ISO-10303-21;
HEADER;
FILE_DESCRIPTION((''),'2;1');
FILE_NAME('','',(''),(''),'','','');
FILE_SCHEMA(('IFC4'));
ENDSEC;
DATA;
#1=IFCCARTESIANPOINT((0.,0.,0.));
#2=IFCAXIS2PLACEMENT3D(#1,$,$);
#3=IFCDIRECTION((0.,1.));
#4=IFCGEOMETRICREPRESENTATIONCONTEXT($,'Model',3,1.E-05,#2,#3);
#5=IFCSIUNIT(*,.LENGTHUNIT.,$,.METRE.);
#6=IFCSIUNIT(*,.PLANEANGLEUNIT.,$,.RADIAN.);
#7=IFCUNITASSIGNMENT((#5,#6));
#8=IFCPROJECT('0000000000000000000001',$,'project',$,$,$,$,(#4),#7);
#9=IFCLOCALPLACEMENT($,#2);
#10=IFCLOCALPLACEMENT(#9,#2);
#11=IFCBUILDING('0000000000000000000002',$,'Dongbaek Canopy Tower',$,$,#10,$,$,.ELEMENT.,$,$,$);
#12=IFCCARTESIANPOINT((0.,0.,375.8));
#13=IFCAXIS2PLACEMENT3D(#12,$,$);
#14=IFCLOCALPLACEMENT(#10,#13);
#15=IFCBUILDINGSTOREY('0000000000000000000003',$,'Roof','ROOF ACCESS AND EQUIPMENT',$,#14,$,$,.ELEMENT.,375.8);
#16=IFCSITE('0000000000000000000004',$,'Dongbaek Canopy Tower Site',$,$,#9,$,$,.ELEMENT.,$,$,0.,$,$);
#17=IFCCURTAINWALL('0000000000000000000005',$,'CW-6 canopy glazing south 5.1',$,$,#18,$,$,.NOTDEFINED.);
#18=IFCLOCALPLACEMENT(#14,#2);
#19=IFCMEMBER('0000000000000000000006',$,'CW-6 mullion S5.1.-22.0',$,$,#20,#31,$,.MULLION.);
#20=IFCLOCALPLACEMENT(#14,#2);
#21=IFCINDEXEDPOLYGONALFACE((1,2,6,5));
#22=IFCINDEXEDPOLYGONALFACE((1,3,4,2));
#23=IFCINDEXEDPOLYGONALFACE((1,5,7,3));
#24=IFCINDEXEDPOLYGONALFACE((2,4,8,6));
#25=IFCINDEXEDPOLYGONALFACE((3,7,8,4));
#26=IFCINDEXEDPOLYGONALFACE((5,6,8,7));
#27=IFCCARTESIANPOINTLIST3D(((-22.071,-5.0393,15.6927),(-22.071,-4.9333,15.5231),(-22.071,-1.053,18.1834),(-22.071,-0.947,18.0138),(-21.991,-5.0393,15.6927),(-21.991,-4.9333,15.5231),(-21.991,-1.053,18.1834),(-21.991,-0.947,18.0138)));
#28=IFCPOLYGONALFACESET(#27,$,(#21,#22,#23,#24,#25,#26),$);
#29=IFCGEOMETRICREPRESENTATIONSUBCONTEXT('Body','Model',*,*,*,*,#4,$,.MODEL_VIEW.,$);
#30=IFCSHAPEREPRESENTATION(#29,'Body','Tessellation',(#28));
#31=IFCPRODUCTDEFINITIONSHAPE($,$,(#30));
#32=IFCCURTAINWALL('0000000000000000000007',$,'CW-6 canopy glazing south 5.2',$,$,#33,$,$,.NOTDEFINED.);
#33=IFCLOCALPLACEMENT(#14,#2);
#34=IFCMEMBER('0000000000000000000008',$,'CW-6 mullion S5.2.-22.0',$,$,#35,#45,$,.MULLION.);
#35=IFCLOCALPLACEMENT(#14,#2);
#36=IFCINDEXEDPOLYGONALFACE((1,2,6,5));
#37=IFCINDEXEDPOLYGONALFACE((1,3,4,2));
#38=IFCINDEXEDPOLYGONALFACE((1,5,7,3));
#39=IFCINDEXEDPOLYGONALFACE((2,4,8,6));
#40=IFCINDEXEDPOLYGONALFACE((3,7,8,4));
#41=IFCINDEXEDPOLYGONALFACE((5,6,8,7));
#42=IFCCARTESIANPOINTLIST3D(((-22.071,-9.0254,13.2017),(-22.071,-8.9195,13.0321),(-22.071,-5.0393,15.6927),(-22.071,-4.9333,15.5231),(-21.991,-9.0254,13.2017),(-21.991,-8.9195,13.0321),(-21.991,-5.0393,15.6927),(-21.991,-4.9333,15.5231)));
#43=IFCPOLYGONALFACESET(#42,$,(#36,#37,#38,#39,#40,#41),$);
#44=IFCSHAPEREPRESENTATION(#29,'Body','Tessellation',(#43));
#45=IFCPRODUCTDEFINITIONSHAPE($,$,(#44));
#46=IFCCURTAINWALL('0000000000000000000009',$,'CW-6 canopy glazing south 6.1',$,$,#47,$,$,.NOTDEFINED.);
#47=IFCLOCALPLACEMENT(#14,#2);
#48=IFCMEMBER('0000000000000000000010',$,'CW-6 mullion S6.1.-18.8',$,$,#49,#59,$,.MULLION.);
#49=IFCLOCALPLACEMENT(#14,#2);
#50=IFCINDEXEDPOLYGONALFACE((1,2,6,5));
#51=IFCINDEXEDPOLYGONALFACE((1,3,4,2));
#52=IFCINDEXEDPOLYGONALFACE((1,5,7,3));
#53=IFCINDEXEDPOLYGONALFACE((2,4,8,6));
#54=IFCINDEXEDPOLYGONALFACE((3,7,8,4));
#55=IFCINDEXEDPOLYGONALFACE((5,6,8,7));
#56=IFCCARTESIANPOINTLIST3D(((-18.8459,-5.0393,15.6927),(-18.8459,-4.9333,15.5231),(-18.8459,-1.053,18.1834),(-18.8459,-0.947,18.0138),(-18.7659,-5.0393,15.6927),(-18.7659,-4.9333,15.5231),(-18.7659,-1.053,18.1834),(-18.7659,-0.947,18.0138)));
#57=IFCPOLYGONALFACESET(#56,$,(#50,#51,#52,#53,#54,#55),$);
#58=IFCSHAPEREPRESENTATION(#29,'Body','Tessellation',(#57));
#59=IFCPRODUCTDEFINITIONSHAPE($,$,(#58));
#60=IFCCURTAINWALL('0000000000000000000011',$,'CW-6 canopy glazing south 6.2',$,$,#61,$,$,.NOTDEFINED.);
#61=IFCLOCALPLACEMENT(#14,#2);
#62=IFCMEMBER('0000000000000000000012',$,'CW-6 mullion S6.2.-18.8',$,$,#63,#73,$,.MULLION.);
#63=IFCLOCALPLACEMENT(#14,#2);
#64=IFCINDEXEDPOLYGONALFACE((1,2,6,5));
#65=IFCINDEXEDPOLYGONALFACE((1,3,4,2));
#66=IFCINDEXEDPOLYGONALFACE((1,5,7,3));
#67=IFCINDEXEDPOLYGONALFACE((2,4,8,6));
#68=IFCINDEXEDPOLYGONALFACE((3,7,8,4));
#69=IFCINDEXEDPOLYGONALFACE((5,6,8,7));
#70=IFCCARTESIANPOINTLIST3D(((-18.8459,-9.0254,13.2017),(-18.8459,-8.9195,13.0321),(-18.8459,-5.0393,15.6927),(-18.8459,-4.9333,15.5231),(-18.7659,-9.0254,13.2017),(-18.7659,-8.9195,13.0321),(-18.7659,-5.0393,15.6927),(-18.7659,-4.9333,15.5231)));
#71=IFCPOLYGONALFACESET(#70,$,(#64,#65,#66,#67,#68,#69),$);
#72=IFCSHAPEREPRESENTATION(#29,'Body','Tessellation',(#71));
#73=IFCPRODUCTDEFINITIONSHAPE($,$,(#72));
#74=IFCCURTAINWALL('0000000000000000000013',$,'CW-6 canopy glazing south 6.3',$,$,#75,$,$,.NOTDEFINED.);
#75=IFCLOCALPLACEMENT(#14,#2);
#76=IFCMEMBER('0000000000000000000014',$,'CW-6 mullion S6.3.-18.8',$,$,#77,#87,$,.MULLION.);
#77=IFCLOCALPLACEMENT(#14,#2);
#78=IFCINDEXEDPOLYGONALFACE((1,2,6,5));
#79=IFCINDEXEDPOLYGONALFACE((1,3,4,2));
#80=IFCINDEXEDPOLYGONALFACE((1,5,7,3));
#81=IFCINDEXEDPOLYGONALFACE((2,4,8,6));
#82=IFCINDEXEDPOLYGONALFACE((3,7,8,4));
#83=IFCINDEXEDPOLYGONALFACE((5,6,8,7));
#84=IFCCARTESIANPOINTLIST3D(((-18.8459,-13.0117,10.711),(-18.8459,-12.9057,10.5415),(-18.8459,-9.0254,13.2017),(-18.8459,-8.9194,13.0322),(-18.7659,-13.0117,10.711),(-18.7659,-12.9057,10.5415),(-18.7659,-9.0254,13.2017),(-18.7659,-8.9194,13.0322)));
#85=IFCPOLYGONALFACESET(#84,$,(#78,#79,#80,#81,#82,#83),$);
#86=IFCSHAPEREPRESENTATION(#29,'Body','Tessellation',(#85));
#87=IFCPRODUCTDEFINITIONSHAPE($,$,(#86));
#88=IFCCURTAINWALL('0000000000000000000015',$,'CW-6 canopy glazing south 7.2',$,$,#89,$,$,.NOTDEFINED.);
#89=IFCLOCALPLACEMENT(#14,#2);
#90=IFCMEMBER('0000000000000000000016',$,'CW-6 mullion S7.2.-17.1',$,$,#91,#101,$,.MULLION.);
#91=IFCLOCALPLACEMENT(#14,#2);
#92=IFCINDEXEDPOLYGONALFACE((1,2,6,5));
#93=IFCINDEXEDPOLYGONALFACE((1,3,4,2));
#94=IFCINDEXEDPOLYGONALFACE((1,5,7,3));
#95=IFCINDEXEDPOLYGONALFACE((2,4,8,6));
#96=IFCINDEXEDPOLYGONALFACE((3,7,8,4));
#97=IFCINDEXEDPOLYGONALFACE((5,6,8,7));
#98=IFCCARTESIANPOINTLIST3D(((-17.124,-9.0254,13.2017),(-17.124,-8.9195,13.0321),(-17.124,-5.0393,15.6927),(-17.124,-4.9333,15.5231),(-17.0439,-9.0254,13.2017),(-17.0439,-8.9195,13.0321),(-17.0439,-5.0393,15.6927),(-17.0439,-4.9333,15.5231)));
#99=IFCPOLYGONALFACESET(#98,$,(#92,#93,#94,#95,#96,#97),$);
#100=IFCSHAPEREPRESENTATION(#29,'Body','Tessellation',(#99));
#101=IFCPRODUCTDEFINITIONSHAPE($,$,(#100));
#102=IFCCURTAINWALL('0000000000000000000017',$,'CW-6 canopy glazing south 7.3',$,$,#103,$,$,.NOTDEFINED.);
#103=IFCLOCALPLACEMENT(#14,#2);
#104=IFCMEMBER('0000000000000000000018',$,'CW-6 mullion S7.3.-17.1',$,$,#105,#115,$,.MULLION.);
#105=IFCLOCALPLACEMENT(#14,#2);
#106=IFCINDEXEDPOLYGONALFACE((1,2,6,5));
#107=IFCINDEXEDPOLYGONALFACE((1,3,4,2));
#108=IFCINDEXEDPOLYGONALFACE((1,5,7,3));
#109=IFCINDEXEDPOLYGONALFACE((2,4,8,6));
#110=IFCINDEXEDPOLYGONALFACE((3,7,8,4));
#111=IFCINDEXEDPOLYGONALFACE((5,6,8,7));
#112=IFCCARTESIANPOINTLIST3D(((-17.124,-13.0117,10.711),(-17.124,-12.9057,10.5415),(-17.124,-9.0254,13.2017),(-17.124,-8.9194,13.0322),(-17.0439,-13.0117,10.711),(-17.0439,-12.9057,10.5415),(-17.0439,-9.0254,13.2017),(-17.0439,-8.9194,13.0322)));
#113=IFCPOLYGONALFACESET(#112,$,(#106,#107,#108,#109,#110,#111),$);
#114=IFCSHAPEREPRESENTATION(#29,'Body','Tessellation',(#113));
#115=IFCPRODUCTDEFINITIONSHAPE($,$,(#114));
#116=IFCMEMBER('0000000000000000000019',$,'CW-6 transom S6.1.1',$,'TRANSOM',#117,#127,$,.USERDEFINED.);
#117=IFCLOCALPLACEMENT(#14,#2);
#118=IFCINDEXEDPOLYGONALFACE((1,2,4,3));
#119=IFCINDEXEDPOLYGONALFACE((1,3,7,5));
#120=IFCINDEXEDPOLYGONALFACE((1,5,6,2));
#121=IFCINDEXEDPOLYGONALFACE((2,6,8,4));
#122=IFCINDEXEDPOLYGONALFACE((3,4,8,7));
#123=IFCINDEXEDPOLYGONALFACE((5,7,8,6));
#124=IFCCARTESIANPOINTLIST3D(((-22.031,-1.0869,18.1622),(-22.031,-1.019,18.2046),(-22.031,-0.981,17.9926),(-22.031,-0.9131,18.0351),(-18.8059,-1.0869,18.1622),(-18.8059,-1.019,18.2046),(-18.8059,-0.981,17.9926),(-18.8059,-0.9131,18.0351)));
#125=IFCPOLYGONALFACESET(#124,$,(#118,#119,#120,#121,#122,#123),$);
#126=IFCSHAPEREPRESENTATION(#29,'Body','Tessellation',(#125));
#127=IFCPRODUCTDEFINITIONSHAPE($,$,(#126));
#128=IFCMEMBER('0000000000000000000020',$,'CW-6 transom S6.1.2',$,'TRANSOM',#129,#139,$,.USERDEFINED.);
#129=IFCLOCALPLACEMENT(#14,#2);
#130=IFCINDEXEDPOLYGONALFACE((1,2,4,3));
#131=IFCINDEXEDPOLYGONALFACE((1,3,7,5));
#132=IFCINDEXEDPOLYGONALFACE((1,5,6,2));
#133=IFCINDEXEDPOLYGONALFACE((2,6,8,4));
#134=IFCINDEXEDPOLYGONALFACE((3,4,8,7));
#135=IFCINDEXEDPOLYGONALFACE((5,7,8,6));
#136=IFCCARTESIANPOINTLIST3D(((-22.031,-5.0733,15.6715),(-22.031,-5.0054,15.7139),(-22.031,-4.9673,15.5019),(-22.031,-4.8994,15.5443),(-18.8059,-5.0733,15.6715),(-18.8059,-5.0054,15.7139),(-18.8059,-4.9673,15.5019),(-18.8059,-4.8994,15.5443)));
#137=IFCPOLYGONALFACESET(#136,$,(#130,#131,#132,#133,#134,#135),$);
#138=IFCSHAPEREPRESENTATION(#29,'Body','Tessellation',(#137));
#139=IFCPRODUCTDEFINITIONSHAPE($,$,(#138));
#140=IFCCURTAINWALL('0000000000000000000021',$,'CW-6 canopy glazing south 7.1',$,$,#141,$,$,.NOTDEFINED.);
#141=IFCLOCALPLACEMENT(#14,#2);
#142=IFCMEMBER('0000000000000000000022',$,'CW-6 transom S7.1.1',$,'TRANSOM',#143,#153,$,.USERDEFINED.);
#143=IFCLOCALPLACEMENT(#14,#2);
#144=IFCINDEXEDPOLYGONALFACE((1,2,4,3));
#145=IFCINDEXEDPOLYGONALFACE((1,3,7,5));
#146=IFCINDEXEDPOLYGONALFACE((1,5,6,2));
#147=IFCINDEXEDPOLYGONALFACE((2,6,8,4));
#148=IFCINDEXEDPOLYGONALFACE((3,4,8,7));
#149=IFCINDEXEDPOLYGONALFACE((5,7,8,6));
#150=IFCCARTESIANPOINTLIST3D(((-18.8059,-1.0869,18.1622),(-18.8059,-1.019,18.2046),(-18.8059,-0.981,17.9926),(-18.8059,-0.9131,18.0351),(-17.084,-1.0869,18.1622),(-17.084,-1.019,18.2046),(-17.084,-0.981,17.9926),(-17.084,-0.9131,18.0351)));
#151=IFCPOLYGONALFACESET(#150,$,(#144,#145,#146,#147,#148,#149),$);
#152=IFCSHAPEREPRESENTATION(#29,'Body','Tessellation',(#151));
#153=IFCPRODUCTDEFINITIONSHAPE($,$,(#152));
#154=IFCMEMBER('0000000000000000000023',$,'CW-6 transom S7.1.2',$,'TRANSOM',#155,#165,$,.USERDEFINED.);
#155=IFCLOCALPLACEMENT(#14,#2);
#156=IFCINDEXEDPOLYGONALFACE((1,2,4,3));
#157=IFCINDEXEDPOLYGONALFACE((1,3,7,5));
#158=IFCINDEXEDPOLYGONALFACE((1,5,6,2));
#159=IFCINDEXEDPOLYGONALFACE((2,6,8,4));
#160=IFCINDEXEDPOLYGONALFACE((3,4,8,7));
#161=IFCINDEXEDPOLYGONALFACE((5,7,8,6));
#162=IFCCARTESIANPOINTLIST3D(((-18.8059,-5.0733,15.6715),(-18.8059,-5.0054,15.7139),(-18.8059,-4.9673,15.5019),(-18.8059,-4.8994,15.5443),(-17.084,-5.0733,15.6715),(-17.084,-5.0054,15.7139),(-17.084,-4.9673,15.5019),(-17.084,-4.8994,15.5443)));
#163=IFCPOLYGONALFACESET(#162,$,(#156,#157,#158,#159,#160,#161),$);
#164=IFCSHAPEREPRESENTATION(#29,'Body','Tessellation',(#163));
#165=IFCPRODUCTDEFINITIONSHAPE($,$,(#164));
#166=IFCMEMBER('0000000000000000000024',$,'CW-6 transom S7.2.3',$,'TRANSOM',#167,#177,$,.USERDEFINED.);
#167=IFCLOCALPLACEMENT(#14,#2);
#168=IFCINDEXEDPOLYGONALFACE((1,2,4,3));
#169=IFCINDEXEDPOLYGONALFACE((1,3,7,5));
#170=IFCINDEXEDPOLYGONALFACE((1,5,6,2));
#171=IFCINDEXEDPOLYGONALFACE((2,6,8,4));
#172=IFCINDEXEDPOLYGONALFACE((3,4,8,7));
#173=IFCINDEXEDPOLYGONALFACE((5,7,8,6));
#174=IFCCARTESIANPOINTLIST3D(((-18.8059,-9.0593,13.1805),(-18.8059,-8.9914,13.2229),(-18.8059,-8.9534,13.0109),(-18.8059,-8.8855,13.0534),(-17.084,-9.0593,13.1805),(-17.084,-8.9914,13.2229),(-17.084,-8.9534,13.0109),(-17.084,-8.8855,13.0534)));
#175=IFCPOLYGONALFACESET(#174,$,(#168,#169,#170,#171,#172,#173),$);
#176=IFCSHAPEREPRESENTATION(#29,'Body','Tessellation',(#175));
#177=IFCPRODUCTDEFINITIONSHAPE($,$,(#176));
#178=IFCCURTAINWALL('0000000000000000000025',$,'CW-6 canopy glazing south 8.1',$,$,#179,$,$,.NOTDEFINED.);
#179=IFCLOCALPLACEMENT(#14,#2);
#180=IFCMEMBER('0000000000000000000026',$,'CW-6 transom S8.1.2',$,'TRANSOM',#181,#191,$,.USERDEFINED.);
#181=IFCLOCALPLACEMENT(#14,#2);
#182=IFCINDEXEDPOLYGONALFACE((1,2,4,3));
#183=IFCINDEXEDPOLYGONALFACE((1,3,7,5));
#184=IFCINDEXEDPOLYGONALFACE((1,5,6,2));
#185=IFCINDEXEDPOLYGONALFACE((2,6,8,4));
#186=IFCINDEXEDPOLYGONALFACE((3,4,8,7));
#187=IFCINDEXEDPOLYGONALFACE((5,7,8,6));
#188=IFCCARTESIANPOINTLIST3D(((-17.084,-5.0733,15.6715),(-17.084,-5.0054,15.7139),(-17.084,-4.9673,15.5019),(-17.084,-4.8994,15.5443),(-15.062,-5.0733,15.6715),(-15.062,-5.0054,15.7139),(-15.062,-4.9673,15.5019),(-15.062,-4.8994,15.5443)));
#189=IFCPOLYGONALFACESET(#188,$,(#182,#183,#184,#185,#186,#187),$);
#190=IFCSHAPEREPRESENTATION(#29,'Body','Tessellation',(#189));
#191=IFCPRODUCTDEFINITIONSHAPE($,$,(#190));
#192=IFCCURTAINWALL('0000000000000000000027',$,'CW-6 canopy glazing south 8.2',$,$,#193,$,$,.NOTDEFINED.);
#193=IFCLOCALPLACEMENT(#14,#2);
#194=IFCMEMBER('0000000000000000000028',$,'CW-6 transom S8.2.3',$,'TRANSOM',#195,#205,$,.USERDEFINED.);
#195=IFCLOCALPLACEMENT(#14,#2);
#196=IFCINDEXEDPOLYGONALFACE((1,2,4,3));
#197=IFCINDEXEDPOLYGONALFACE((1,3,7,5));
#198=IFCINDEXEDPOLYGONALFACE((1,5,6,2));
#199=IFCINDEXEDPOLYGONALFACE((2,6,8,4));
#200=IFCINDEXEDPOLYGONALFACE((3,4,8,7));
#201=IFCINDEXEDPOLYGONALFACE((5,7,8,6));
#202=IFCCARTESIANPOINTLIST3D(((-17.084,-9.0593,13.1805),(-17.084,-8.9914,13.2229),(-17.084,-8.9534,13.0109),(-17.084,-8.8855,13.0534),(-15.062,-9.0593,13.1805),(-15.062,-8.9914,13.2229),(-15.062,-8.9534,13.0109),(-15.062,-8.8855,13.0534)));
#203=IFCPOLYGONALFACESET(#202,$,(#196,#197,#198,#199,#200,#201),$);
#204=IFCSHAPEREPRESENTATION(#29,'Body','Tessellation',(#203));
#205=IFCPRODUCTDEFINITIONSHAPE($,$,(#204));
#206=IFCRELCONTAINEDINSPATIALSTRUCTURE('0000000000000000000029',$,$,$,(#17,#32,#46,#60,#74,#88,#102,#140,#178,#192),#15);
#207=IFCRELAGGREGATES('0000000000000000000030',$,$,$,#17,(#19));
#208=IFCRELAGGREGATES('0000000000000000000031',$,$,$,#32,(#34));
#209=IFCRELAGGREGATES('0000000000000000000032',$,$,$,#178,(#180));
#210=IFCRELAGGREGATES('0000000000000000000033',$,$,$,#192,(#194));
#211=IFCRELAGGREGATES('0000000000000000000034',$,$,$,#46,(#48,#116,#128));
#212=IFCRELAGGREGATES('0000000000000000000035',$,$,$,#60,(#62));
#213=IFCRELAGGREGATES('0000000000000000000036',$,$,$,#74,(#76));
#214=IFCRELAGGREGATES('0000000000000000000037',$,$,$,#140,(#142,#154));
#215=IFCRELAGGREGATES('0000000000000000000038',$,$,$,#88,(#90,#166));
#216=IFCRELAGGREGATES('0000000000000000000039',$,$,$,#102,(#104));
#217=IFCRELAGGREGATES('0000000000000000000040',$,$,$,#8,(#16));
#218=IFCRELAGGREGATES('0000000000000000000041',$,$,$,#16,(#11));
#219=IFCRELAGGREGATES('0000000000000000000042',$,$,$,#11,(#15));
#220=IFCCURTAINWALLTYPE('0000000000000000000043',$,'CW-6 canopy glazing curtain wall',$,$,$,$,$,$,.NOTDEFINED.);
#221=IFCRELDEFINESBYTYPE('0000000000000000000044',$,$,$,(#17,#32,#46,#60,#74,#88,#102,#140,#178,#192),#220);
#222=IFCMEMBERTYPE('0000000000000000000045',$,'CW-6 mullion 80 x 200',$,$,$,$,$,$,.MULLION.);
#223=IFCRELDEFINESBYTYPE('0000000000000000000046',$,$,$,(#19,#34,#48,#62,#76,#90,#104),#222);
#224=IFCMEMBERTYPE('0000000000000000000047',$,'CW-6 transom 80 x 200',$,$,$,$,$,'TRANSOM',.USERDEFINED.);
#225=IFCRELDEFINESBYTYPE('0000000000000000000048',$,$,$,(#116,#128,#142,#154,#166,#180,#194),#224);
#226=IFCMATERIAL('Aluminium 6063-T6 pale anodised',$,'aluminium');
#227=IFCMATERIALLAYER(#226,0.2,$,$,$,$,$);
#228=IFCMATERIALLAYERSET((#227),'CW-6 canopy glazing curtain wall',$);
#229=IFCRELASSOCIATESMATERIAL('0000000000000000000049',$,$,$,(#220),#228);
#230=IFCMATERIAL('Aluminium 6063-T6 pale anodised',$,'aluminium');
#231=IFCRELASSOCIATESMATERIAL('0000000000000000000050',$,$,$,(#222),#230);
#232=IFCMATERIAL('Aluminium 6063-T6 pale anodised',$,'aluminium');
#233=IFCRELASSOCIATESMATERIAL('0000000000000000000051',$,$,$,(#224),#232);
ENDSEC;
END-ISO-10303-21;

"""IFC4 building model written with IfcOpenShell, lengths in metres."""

from ifc_helpers import new_model, si_unit, direction, frame, origin, origin_2d, place, context, subcontext, project, spatial, rectangle, extrude, material, layer, layer_set, material_profile, profile_set, type_object, element, aggregate, save


model = new_model("IFC4")

# Units and contexts
model_context = context("Model", 3, precision=1e-05, world=origin(), true_north=direction((0.0, 1.0)))
body_context = subcontext(model_context, "Body", "Model", "MODEL_VIEW")
ifc_project = project(units=[si_unit("LENGTHUNIT", "METRE"), si_unit("PLANEANGLEUNIT", "RADIAN")], contexts=[model_context])

# Site, building, storey
site_placement = place(None, origin())
site = spatial("IfcSite", under=ifc_project, at=site_placement, Name="Dongbaek Canopy Tower Site", CompositionType="ELEMENT", RefElevation=0.0)
building_placement = place(site_placement, origin())
building = spatial("IfcBuilding", under=site, at=building_placement, Name="Dongbaek Canopy Tower", CompositionType="ELEMENT")
storey_placement = place(building_placement, frame((0.0, 0.0, 375.8)))
storey = spatial("IfcBuildingStorey", under=building, at=storey_placement, Name="Roof", Description="ROOF ACCESS AND EQUIPMENT", CompositionType="ELEMENT", Elevation=375.8)

# Curtain walls, members
ifc_material_1 = material(Name="Aluminium 6063-T6 pale anodised", Category="aluminium")
ifc_layer_1 = layer(ifc_material_1, 0.2)
ifc_layer_set_1 = layer_set([ifc_layer_1], Name="CW-6 canopy glazing curtain wall")
curtain_wall_type = type_object("IfcCurtainWallType", Name="CW-6 canopy glazing curtain wall", PredefinedType="NOTDEFINED", material=ifc_layer_set_1)
curtain_wall_1_placement = place(storey_placement, origin())
curtain_wall_1 = element("IfcCurtainWall", 1, at=curtain_wall_1_placement, inside=storey, type_object=curtain_wall_type, Name="CW-6 canopy glazing south 5.1", PredefinedType="NOTDEFINED")
ifc_material_2 = material(Name="Aluminium 6063-T6 pale anodised", Category="aluminium")
ifc_material_profile_1 = material_profile(ifc_material_2, rectangle(XDim=0.0801, YDim=0.2, at=origin_2d()), Name="CW-6 mullion 80 x 200")
ifc_profile_set_1 = profile_set([ifc_material_profile_1], Name="Aluminium 6063-T6 pale anodised")
member_type_1 = type_object("IfcMemberType", Name="CW-6 mullion 80 x 200", PredefinedType="MULLION", material=ifc_profile_set_1)
member_1_placement = place(storey_placement, frame((-22.031, -1.0, 18.0986), z_axis=(0.0, -0.848068, -0.529887), x_axis=(1.0, 0.0, 0.0)))
member_1 = element("IfcMember", 2, at=member_1_placement, type_object=member_type_1, Name="CW-6 mullion S5.1.-22.0", PredefinedType="MULLION", context=body_context, shape_type="SweptSolid", body=[
    extrude(rectangle(XDim=0.0801, YDim=0.2, at=origin_2d()), origin(), (0.0, 0.0, 1.0), 4.7004),
])
aggregate(curtain_wall_1, [member_1])
curtain_wall_2_placement = place(storey_placement, origin())
curtain_wall_2 = element("IfcCurtainWall", 3, at=curtain_wall_2_placement, inside=storey, type_object=curtain_wall_type, Name="CW-6 canopy glazing south 5.2", PredefinedType="NOTDEFINED")
member_2_placement = place(storey_placement, frame((-22.031, -4.9863, 15.6079), z_axis=(0.0, -0.84803, -0.529948), x_axis=(1.0, 0.0, 0.0)))
member_2 = element("IfcMember", 4, at=member_2_placement, type_object=member_type_1, Name="CW-6 mullion S5.2.-22.0", PredefinedType="MULLION", context=body_context, shape_type="SweptSolid", body=[
    extrude(rectangle(XDim=0.0801, YDim=0.2, at=origin_2d()), origin(), (0.0, 0.0, 1.0), 4.7004),
])
aggregate(curtain_wall_2, [member_2])
curtain_wall_3_placement = place(storey_placement, origin())
curtain_wall_3 = element("IfcCurtainWall", 5, at=curtain_wall_3_placement, inside=storey, type_object=curtain_wall_type, Name="CW-6 canopy glazing south 6.1", PredefinedType="NOTDEFINED")
member_3_placement = place(storey_placement, frame((-18.8059, -1.0, 18.0986), z_axis=(0.0, -0.848068, -0.529887), x_axis=(1.0, 0.0, 0.0)))
member_3 = element("IfcMember", 6, at=member_3_placement, type_object=member_type_1, Name="CW-6 mullion S6.1.-18.8", PredefinedType="MULLION", context=body_context, shape_type="SweptSolid", body=[
    extrude(rectangle(XDim=0.0801, YDim=0.2, at=origin_2d()), origin(), (0.0, 0.0, 1.0), 4.7004),
])
curtain_wall_4_placement = place(storey_placement, origin())
curtain_wall_4 = element("IfcCurtainWall", 7, at=curtain_wall_4_placement, inside=storey, type_object=curtain_wall_type, Name="CW-6 canopy glazing south 6.2", PredefinedType="NOTDEFINED")
member_4_placement = place(storey_placement, frame((-18.8059, -4.9863, 15.6079), z_axis=(0.0, -0.84803, -0.529948), x_axis=(1.0, 0.0, 0.0)))
member_4 = element("IfcMember", 8, at=member_4_placement, type_object=member_type_1, Name="CW-6 mullion S6.2.-18.8", PredefinedType="MULLION", context=body_context, shape_type="SweptSolid", body=[
    extrude(rectangle(XDim=0.0801, YDim=0.2, at=origin_2d()), origin(), (0.0, 0.0, 1.0), 4.7004),
])
curtain_wall_5_placement = place(storey_placement, origin())
curtain_wall_5 = element("IfcCurtainWall", 9, at=curtain_wall_5_placement, inside=storey, type_object=curtain_wall_type, Name="CW-6 canopy glazing south 6.3", PredefinedType="NOTDEFINED")
member_5_placement = place(storey_placement, frame((-18.8059, -8.9724, 13.1169), z_axis=(0.0, -0.848068, -0.529887), x_axis=(1.0, 0.0, 0.0)))
member_5 = element("IfcMember", 10, at=member_5_placement, type_object=member_type_1, Name="CW-6 mullion S6.3.-18.8", PredefinedType="MULLION", context=body_context, shape_type="SweptSolid", body=[
    extrude(rectangle(XDim=0.0801, YDim=0.2, at=origin_2d()), origin(), (0.0, 0.0, 1.0), 4.7004),
])
curtain_wall_6_placement = place(storey_placement, origin())
curtain_wall_6 = element("IfcCurtainWall", 11, at=curtain_wall_6_placement, inside=storey, type_object=curtain_wall_type, Name="CW-6 canopy glazing south 7.2", PredefinedType="NOTDEFINED")
member_6_placement = place(storey_placement, frame((-17.084, -4.9863, 15.6079), z_axis=(0.0, -0.84803, -0.529948), x_axis=(1.0, 0.0, 0.0)))
member_6 = element("IfcMember", 12, at=member_6_placement, type_object=member_type_1, Name="CW-6 mullion S7.2.-17.1", PredefinedType="MULLION", context=body_context, shape_type="SweptSolid", body=[
    extrude(rectangle(XDim=0.0801, YDim=0.2, at=origin_2d()), origin(), (0.0, 0.0, 1.0), 4.7004),
])
curtain_wall_7_placement = place(storey_placement, origin())
curtain_wall_7 = element("IfcCurtainWall", 13, at=curtain_wall_7_placement, inside=storey, type_object=curtain_wall_type, Name="CW-6 canopy glazing south 7.3", PredefinedType="NOTDEFINED")
member_7_placement = place(storey_placement, frame((-17.084, -8.9724, 13.1169), z_axis=(0.0, -0.848068, -0.529887), x_axis=(1.0, 0.0, 0.0)))
member_7 = element("IfcMember", 14, at=member_7_placement, type_object=member_type_1, Name="CW-6 mullion S7.3.-17.1", PredefinedType="MULLION", context=body_context, shape_type="SweptSolid", body=[
    extrude(rectangle(XDim=0.0801, YDim=0.2, at=origin_2d()), origin(), (0.0, 0.0, 1.0), 4.7004),
])

# Members
ifc_material_3 = material(Name="Aluminium 6063-T6 pale anodised", Category="aluminium")
ifc_material_profile_2 = material_profile(ifc_material_3, rectangle(XDim=0.0801, YDim=0.2, at=origin_2d()), Name="CW-6 transom 80 x 200")
ifc_profile_set_2 = profile_set([ifc_material_profile_2], Name="Aluminium 6063-T6 pale anodised")
member_type_2 = type_object("IfcMemberType", Name="CW-6 transom 80 x 200", ElementType="TRANSOM", PredefinedType="USERDEFINED", material=ifc_profile_set_2)
member_8_placement = place(storey_placement, frame((-22.031, -1.0, 18.0986), z_axis=(1.0, 0.0, 0.0), x_axis=(0.0, 0.848048, 0.529919)))
member_8 = element("IfcMember", 15, at=member_8_placement, type_object=member_type_2, Name="CW-6 transom S6.1.1", ObjectType="TRANSOM", PredefinedType="USERDEFINED", context=body_context, shape_type="SweptSolid", body=[
    extrude(rectangle(XDim=0.0801, YDim=0.2, at=origin_2d()), origin(), (0.0, 0.0, 1.0), 3.2251),
])
member_9_placement = place(storey_placement, frame((-22.031, -4.9863, 15.6079), z_axis=(1.0, 0.0, 0.0), x_axis=(0.0, 0.848048, 0.529919)))
member_9 = element("IfcMember", 16, at=member_9_placement, type_object=member_type_2, Name="CW-6 transom S6.1.2", ObjectType="TRANSOM", PredefinedType="USERDEFINED", context=body_context, shape_type="SweptSolid", body=[
    extrude(rectangle(XDim=0.0801, YDim=0.2, at=origin_2d()), origin(), (0.0, 0.0, 1.0), 3.2251),
])

# Curtain wall, members
curtain_wall_8_placement = place(storey_placement, origin())
curtain_wall_8 = element("IfcCurtainWall", 17, at=curtain_wall_8_placement, inside=storey, type_object=curtain_wall_type, Name="CW-6 canopy glazing south 7.1", PredefinedType="NOTDEFINED")
member_10_placement = place(storey_placement, frame((-18.8059, -1.0, 18.0986), z_axis=(1.0, 0.0, 0.0), x_axis=(0.0, 0.848048, 0.529919)))
member_10 = element("IfcMember", 18, at=member_10_placement, type_object=member_type_2, Name="CW-6 transom S7.1.1", ObjectType="TRANSOM", PredefinedType="USERDEFINED", context=body_context, shape_type="SweptSolid", body=[
    extrude(rectangle(XDim=0.0801, YDim=0.2, at=origin_2d()), origin(), (0.0, 0.0, 1.0), 1.7219),
])
member_11_placement = place(storey_placement, frame((-18.8059, -4.9863, 15.6079), z_axis=(1.0, 0.0, 0.0), x_axis=(0.0, 0.848048, 0.529919)))
member_11 = element("IfcMember", 19, at=member_11_placement, type_object=member_type_2, Name="CW-6 transom S7.1.2", ObjectType="TRANSOM", PredefinedType="USERDEFINED", context=body_context, shape_type="SweptSolid", body=[
    extrude(rectangle(XDim=0.0801, YDim=0.2, at=origin_2d()), origin(), (0.0, 0.0, 1.0), 1.7219),
])

# Member
member_12_placement = place(storey_placement, frame((-18.8059, -8.9724, 13.1169), z_axis=(1.0, 0.0, 0.0), x_axis=(0.0, 0.848048, 0.529919)))
member_12 = element("IfcMember", 20, at=member_12_placement, type_object=member_type_2, Name="CW-6 transom S7.2.3", ObjectType="TRANSOM", PredefinedType="USERDEFINED", context=body_context, shape_type="SweptSolid", body=[
    extrude(rectangle(XDim=0.0801, YDim=0.2, at=origin_2d()), origin(), (0.0, 0.0, 1.0), 1.7219),
])

# Curtain walls, members
curtain_wall_9_placement = place(storey_placement, origin())
curtain_wall_9 = element("IfcCurtainWall", 21, at=curtain_wall_9_placement, inside=storey, type_object=curtain_wall_type, Name="CW-6 canopy glazing south 8.1", PredefinedType="NOTDEFINED")
member_13_placement = place(storey_placement, frame((-17.084, -4.9863, 15.6079), z_axis=(1.0, 0.0, 0.0), x_axis=(0.0, 0.848048, 0.529919)))
member_13 = element("IfcMember", 22, at=member_13_placement, type_object=member_type_2, Name="CW-6 transom S8.1.2", ObjectType="TRANSOM", PredefinedType="USERDEFINED", context=body_context, shape_type="SweptSolid", body=[
    extrude(rectangle(XDim=0.0801, YDim=0.2, at=origin_2d()), origin(), (0.0, 0.0, 1.0), 2.022),
])
aggregate(curtain_wall_9, [member_13])
curtain_wall_10_placement = place(storey_placement, origin())
curtain_wall_10 = element("IfcCurtainWall", 23, at=curtain_wall_10_placement, inside=storey, type_object=curtain_wall_type, Name="CW-6 canopy glazing south 8.2", PredefinedType="NOTDEFINED")
member_14_placement = place(storey_placement, frame((-17.084, -8.9724, 13.1169), z_axis=(1.0, 0.0, 0.0), x_axis=(0.0, 0.848048, 0.529919)))
member_14 = element("IfcMember", 24, at=member_14_placement, type_object=member_type_2, Name="CW-6 transom S8.2.3", ObjectType="TRANSOM", PredefinedType="USERDEFINED", context=body_context, shape_type="SweptSolid", body=[
    extrude(rectangle(XDim=0.0801, YDim=0.2, at=origin_2d()), origin(), (0.0, 0.0, 1.0), 2.022),
])
aggregate(curtain_wall_10, [member_14])

aggregate(curtain_wall_3, [member_3, member_8, member_9])
aggregate(curtain_wall_4, [member_4])
aggregate(curtain_wall_5, [member_5])
aggregate(curtain_wall_8, [member_10, member_11])
aggregate(curtain_wall_6, [member_6, member_12])
aggregate(curtain_wall_7, [member_7])

save(model, "model.ifc")
